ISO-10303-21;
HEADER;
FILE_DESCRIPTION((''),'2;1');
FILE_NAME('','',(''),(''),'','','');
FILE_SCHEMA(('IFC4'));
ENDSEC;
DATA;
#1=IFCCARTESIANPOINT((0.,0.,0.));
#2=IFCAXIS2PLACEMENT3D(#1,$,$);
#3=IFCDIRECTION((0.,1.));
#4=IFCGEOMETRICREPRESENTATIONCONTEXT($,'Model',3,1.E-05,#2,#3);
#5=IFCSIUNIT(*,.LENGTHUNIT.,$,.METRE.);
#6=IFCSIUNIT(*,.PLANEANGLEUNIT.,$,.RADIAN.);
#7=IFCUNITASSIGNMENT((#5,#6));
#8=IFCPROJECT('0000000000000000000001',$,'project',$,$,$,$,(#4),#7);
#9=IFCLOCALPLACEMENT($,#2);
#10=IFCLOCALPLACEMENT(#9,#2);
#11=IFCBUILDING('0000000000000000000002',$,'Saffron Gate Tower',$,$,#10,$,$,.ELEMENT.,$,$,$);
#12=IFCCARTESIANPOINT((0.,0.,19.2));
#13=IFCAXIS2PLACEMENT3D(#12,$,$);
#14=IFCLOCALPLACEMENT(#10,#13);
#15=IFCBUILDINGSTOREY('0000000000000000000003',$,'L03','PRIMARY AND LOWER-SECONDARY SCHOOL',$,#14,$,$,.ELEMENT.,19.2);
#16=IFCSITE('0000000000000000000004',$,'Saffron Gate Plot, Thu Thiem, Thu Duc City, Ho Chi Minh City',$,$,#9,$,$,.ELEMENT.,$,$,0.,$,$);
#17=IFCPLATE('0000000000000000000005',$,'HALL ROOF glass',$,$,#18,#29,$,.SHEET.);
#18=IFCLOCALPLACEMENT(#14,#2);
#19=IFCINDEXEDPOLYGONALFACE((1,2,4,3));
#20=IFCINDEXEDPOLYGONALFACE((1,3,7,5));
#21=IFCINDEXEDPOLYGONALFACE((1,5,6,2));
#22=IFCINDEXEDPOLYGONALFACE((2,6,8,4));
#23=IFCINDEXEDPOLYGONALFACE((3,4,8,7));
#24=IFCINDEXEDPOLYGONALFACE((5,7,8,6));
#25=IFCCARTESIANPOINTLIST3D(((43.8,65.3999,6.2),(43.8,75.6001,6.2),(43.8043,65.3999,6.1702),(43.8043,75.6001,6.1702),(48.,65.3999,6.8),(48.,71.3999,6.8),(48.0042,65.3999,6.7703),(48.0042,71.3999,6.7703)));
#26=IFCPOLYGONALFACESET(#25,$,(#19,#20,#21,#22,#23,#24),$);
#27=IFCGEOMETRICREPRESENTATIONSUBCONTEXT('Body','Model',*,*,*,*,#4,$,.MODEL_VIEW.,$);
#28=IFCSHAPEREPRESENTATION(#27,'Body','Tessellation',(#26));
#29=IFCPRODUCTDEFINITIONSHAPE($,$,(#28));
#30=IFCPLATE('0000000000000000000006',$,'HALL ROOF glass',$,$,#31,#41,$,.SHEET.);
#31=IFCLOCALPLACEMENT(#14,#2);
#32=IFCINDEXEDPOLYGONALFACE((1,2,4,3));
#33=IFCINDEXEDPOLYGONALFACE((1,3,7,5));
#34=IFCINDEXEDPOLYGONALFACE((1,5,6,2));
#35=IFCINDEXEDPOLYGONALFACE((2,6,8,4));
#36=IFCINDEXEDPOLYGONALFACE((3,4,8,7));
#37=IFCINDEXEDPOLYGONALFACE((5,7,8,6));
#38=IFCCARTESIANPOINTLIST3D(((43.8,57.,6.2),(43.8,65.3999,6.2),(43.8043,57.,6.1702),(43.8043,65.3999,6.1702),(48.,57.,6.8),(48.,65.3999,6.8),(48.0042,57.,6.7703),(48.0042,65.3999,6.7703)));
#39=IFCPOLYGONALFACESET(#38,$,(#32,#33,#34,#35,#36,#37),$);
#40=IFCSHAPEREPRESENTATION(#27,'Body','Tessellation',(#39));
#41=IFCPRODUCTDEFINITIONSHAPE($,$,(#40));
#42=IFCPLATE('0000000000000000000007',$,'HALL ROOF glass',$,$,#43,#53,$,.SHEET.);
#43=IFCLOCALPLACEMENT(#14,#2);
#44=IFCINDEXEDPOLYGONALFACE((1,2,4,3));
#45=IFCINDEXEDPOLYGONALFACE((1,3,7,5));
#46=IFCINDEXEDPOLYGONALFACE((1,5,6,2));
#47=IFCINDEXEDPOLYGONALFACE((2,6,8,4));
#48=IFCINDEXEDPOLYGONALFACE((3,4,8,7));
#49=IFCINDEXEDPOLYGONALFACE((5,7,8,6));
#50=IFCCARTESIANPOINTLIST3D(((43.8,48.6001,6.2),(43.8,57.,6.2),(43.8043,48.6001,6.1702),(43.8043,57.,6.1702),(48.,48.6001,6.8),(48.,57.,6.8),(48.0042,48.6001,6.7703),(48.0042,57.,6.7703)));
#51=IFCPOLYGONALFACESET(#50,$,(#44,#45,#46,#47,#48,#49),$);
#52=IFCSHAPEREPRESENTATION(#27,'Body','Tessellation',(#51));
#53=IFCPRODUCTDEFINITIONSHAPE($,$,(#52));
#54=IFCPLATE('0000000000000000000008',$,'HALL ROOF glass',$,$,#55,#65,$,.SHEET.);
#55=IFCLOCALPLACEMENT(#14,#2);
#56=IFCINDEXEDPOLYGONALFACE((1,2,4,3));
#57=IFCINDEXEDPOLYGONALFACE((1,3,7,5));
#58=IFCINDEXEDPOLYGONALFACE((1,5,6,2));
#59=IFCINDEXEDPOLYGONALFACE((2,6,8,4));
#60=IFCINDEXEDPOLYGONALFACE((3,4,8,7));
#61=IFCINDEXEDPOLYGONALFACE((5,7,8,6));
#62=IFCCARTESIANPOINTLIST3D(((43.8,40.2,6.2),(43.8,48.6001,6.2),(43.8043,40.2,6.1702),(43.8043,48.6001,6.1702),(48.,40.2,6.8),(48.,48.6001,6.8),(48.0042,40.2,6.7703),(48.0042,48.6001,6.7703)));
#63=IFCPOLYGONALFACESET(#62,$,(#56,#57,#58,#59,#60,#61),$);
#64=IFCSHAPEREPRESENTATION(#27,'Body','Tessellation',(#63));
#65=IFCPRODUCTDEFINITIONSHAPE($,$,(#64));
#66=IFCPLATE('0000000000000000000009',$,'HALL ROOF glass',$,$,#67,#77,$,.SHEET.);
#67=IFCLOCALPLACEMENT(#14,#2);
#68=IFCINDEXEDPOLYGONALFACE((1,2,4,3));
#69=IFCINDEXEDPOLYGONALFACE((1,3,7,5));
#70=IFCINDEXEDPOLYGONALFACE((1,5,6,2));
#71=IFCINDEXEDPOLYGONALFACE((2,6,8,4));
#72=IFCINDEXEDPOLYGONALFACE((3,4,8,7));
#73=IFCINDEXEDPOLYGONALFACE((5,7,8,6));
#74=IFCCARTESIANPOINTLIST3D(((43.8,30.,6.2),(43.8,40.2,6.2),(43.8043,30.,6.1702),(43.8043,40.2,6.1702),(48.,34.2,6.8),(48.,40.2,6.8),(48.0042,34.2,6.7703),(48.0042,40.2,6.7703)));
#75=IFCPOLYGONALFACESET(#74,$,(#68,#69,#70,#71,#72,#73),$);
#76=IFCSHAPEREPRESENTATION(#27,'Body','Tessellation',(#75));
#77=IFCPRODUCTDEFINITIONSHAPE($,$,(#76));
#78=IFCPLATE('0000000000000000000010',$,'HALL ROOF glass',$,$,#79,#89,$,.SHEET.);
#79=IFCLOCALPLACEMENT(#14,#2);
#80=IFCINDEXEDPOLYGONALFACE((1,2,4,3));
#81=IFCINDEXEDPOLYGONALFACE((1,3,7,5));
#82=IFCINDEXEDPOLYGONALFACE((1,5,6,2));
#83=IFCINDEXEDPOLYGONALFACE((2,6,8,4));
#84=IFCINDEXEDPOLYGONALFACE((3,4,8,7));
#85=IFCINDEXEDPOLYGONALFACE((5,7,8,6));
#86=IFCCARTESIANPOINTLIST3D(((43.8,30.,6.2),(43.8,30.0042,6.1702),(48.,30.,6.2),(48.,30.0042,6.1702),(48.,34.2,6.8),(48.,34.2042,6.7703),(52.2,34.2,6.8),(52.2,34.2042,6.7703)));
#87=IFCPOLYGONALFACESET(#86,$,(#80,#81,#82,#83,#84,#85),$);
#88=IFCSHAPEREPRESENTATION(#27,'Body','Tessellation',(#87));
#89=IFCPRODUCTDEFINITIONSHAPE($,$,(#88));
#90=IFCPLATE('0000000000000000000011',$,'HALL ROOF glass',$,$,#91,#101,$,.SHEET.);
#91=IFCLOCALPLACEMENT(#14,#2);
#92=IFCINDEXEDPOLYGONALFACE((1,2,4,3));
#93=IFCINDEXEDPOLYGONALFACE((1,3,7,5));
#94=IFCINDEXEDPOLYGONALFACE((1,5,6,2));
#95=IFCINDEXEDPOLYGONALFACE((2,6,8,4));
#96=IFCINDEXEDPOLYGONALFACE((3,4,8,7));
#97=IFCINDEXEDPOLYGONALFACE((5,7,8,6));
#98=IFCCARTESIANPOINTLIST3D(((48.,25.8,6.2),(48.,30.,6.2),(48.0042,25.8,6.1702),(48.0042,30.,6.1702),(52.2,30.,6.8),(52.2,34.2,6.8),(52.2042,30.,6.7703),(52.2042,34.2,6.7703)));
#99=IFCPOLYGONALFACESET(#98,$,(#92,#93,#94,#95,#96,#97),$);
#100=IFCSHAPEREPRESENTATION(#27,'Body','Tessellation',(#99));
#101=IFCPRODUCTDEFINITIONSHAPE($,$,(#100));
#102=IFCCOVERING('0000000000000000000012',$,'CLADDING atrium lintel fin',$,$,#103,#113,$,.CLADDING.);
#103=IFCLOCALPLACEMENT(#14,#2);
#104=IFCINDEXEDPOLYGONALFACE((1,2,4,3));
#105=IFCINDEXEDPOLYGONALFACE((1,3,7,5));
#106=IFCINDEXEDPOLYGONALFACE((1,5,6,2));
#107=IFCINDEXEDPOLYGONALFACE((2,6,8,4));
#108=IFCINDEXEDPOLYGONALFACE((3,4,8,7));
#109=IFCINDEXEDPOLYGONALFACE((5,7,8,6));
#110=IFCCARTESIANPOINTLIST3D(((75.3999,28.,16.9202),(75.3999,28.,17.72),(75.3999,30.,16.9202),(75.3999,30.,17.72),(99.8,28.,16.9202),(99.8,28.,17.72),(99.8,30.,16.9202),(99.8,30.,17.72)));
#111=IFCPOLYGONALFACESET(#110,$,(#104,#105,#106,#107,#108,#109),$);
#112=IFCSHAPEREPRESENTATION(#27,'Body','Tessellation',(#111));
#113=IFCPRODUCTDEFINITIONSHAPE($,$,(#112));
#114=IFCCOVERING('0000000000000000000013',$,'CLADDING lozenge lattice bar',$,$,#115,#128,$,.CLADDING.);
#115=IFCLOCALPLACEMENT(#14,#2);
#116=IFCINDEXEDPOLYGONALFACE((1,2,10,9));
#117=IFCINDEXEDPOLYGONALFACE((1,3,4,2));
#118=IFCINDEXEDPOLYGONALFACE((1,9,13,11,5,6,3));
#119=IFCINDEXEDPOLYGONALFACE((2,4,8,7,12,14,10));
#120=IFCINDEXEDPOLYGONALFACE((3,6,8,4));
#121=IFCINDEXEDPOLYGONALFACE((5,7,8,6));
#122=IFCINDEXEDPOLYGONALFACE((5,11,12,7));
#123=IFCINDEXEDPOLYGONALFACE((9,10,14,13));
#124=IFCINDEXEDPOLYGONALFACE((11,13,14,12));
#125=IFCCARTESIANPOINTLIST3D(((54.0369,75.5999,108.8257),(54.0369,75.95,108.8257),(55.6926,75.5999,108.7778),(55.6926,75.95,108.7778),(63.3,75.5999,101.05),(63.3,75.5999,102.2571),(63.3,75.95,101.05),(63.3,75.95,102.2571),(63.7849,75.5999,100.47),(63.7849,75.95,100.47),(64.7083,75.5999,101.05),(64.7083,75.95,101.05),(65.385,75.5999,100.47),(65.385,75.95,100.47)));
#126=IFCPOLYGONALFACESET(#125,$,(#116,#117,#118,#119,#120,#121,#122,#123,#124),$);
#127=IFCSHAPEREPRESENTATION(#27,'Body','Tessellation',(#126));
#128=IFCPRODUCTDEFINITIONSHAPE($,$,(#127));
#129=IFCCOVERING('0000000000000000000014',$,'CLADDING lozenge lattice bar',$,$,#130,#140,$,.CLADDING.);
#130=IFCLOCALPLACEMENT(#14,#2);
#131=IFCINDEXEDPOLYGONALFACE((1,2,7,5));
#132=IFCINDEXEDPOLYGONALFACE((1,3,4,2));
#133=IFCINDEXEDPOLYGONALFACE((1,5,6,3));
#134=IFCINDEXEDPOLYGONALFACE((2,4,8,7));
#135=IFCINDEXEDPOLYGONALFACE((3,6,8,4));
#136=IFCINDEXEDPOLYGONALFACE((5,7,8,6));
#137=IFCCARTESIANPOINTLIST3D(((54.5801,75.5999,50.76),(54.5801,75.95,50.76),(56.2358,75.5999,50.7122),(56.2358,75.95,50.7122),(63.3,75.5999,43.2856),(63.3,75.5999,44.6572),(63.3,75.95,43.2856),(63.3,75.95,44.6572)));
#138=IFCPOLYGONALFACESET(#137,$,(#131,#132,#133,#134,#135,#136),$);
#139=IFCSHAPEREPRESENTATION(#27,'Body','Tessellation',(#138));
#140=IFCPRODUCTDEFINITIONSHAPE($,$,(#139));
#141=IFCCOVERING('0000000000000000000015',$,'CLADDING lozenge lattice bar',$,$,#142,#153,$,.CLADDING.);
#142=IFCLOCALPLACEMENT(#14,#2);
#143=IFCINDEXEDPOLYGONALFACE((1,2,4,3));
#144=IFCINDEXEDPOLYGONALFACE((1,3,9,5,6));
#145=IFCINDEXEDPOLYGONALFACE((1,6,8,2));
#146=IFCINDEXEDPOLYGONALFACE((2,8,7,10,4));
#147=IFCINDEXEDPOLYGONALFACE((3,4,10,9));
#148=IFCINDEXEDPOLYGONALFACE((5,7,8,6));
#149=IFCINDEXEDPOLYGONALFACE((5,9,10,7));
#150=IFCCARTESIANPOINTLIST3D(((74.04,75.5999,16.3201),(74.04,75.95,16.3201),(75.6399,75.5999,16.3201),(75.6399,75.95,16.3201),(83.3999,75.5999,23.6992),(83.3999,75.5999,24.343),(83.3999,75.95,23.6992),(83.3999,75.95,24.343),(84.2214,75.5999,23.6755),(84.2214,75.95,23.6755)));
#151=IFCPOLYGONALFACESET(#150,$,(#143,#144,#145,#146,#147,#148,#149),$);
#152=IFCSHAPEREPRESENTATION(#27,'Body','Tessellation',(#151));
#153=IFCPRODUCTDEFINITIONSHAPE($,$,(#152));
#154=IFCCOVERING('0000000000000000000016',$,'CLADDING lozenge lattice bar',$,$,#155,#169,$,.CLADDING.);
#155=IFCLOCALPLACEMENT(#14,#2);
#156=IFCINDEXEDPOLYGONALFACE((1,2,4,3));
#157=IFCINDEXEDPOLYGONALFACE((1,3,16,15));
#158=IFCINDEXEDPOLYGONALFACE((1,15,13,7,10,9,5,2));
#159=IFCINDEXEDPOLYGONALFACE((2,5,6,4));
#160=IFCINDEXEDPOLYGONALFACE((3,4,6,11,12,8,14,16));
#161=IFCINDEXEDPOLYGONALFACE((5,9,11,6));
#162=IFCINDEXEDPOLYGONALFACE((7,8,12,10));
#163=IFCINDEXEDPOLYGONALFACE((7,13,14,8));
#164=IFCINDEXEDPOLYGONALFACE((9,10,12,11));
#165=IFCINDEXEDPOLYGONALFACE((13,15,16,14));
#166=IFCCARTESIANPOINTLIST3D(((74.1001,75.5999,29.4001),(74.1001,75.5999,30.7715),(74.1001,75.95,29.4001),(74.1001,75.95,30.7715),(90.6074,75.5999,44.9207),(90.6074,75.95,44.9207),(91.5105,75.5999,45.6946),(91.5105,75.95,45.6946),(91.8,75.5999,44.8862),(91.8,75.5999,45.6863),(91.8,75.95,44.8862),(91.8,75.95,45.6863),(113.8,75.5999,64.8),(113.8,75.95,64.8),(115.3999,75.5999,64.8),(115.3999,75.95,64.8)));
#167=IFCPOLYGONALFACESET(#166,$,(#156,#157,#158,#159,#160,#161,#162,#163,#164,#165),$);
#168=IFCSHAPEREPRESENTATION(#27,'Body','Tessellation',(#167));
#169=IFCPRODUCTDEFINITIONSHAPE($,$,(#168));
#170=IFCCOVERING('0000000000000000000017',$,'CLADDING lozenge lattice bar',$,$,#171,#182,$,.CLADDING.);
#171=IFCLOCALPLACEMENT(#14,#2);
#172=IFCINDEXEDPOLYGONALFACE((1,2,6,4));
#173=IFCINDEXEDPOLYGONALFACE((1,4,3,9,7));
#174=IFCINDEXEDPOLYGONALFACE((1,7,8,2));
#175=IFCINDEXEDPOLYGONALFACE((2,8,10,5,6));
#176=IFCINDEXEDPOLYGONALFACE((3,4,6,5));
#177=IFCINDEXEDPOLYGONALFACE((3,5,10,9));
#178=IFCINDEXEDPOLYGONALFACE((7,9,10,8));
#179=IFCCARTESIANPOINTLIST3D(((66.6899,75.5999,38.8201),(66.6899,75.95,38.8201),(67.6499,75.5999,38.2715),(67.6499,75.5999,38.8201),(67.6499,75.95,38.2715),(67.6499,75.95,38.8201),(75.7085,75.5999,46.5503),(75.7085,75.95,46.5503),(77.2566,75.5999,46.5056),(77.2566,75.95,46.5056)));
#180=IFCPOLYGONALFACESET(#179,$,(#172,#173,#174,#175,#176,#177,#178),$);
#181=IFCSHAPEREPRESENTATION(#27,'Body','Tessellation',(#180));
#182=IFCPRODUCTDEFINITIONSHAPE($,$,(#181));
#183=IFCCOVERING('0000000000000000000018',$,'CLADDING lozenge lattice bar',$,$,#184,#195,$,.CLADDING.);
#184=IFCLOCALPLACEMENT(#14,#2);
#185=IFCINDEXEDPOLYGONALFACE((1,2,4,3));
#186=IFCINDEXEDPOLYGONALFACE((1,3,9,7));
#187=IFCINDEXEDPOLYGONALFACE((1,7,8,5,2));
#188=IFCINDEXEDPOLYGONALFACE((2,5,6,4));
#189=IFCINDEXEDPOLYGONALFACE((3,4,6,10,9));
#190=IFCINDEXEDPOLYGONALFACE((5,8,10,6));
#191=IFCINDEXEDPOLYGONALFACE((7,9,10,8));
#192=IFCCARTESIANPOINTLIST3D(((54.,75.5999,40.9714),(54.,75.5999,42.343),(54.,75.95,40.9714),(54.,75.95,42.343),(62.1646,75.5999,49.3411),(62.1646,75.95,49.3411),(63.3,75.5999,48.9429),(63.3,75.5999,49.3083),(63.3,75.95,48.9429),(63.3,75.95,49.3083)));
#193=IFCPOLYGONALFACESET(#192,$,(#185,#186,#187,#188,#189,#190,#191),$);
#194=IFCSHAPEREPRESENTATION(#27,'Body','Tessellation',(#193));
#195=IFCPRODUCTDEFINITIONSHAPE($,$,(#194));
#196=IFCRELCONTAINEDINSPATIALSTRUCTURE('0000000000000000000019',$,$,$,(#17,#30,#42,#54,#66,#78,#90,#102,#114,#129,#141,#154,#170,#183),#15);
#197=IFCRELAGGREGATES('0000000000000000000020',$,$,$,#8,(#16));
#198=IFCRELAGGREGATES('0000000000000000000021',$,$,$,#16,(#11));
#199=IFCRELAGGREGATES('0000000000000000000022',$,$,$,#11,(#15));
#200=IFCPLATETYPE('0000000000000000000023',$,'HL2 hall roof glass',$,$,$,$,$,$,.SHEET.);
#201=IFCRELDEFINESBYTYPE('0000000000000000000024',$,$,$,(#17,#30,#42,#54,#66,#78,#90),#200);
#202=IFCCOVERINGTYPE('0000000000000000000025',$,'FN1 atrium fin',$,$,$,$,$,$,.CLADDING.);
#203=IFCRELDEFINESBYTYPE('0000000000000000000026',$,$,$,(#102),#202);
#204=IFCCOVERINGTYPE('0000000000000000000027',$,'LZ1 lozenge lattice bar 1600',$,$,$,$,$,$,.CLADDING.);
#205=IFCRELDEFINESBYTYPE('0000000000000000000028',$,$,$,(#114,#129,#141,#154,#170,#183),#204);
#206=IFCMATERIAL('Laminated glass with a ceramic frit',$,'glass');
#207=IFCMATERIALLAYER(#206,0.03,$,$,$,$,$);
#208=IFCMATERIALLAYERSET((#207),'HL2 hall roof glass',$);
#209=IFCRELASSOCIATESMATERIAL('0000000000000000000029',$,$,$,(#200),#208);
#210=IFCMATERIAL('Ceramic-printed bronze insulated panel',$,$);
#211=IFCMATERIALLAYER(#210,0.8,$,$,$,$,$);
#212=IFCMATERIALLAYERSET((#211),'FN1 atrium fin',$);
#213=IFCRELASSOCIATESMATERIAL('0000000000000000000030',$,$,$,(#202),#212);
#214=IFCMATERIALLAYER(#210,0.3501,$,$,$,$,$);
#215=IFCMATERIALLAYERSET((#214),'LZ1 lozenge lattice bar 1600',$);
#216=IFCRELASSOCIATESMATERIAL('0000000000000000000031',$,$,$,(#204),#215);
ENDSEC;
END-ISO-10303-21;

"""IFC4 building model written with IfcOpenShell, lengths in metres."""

from ifc_helpers import new_model, si_unit, direction, frame, origin, place, context, subcontext, project, spatial, polyline, outline, extrude, material, layer, layer_set, type_object, element, save


model = new_model("IFC4")

# Units and contexts
model_context = context("Model", 3, precision=1e-05, world=origin(), true_north=direction((0.0, 1.0)))
body_context = subcontext(model_context, "Body", "Model", "MODEL_VIEW")
ifc_project = project(units=[si_unit("LENGTHUNIT", "METRE"), si_unit("PLANEANGLEUNIT", "RADIAN")], contexts=[model_context])

# Site, building, storey
site_placement = place(None, origin())
site = spatial("IfcSite", under=ifc_project, at=site_placement, Name="Saffron Gate Plot, Thu Thiem, Thu Duc City, Ho Chi Minh City", CompositionType="ELEMENT", RefElevation=0.0)
building_placement = place(site_placement, origin())
building = spatial("IfcBuilding", under=site, at=building_placement, Name="Saffron Gate Tower", CompositionType="ELEMENT")
storey_placement = place(building_placement, frame((0.0, 0.0, 19.2)))
storey = spatial("IfcBuildingStorey", under=building, at=storey_placement, Name="L03", Description="PRIMARY AND LOWER-SECONDARY SCHOOL", CompositionType="ELEMENT", Elevation=19.2)

# Plates
ifc_material_1 = material(Name="Laminated glass with a ceramic frit", Category="glass")
ifc_layer_1 = layer(ifc_material_1, 0.03)
ifc_layer_set_1 = layer_set([ifc_layer_1], Name="HL2 hall roof glass")
plate_type = type_object("IfcPlateType", Name="HL2 hall roof glass", PredefinedType="SHEET", material=ifc_layer_set_1)
plate_1_placement = place(storey_placement, frame((48.0, 71.3999, 6.8), z_axis=(-0.141446, 0.0, 0.989946), x_axis=(0.0, -1.0, 0.0)))
element("IfcPlate", 1, at=plate_1_placement, inside=storey, type_object=plate_type, Name="HALL ROOF glass", PredefinedType="SHEET", context=body_context, shape_type="SweptSolid", body=[
    extrude(outline(polyline([(0.0, 0.0), (6.0, 0.0), (6.0, -4.2426), (-4.2002, -4.2426), (0.0, 0.0)])), origin(), (0.0, 0.0, -1.0), 0.03),
])
for number, where, z_axis, x_axis, name in (
    (2, (48.0, 65.3999, 6.8), (-0.141446, 0.0, 0.989946), (0.0, -1.0, 0.0), "HALL ROOF glass"),
    (3, (48.0, 57.0, 6.8), (-0.141446, 0.0, 0.989946), (0.0, -1.0, 0.0), "HALL ROOF glass"),
):
    element("IfcPlate", number, at=place(storey_placement, frame(where, z_axis=z_axis, x_axis=x_axis)), inside=storey, type_object=plate_type, Name=name, PredefinedType="SHEET", context=body_context, shape_type="SweptSolid", body=[
        extrude(outline(polyline([(0.0, 0.0), (8.3999, 0.0), (8.3999, -4.2426), (0.0, -4.2426), (0.0, 0.0)])), origin(), (0.0, 0.0, -1.0), 0.03),
    ])
plate_2_placement = place(storey_placement, frame((48.0, 48.6001, 6.8), z_axis=(-0.141446, 0.0, 0.989946), x_axis=(0.0, -1.0, 0.0)))
element("IfcPlate", 4, at=plate_2_placement, inside=storey, type_object=plate_type, Name="HALL ROOF glass", PredefinedType="SHEET", context=body_context, shape_type="SweptSolid", body=[
    extrude(outline(polyline([(0.0, 0.0), (8.4001, 0.0), (8.4001, -4.2426), (0.0, -4.2426), (0.0, 0.0)])), origin(), (0.0, 0.0, -1.0), 0.03),
])
plate_3_placement = place(storey_placement, frame((48.0, 40.2, 6.8), z_axis=(-0.141446, 0.0, 0.989946), x_axis=(0.0, -1.0, 0.0)))
element("IfcPlate", 5, at=plate_3_placement, inside=storey, type_object=plate_type, Name="HALL ROOF glass", PredefinedType="SHEET", context=body_context, shape_type="SweptSolid", body=[
    extrude(outline(polyline([(0.0, 0.0), (6.0, 0.0), (10.2, -4.2426), (0.0, -4.2426), (0.0, 0.0)])), origin(), (0.0, 0.0, -1.0), 0.03),
])
plate_4_placement = place(storey_placement, frame((48.0, 34.2, 6.8), z_axis=(0.0, -0.141446, 0.989946), x_axis=(1.0, 0.0, 0.0)))
element("IfcPlate", 6, at=plate_4_placement, inside=storey, type_object=plate_type, Name="HALL ROOF glass", PredefinedType="SHEET", context=body_context, shape_type="SweptSolid", body=[
    extrude(outline(polyline([(0.0, 0.0), (4.2, 0.0), (0.0, -4.2426), (-4.2, -4.2426), (0.0, 0.0)])), origin(), (0.0, 0.0, -1.0), 0.03),
])
plate_5_placement = place(storey_placement, frame((52.2, 34.2, 6.8), z_axis=(-0.141446, 0.0, 0.989946), x_axis=(0.0, -1.0, 0.0)))
element("IfcPlate", 7, at=plate_5_placement, inside=storey, type_object=plate_type, Name="HALL ROOF glass", PredefinedType="SHEET", context=body_context, shape_type="SweptSolid", body=[
    extrude(outline(polyline([(0.0, 0.0), (4.2, 0.0), (8.3999, -4.2426), (4.2, -4.2426), (0.0, 0.0)])), origin(), (0.0, 0.0, -1.0), 0.03),
])

# Coverings
ifc_material_2 = material(Name="Ceramic-printed bronze insulated panel")
ifc_layer_2 = layer(ifc_material_2, 0.8)
ifc_layer_set_2 = layer_set([ifc_layer_2], Name="FN1 atrium fin")
covering_type_1 = type_object("IfcCoveringType", Name="FN1 atrium fin", PredefinedType="CLADDING", material=ifc_layer_set_2)
covering_1_placement = place(storey_placement, frame((0.0, 0.0, 16.9202)))
element("IfcCovering", 8, at=covering_1_placement, inside=storey, type_object=covering_type_1, Name="CLADDING atrium lintel fin", PredefinedType="CLADDING", context=body_context, shape_type="SweptSolid", body=[
    extrude(outline(polyline([(75.3999, 30.0), (99.8, 30.0), (99.8, 28.0), (75.3999, 28.0), (75.3999, 30.0)])), origin(), (0.0, 0.0, 1.0), 0.7998),
])
ifc_layer_3 = layer(ifc_material_2, 0.3501)
ifc_layer_set_3 = layer_set([ifc_layer_3], Name="LZ1 lozenge lattice bar 1600")
covering_type_2 = type_object("IfcCoveringType", Name="LZ1 lozenge lattice bar 1600", PredefinedType="CLADDING", material=ifc_layer_set_3)
covering_2_placement = place(storey_placement, frame((65.385, 75.95, 100.47), z_axis=(0.0, 1.0, 0.0), x_axis=(-1.0, 0.0, 0.0)))
element("IfcCovering", 9, at=covering_2_placement, inside=storey, type_object=covering_type_2, Name="CLADDING lozenge lattice bar", PredefinedType="CLADDING", context=body_context, shape_type="SweptSolid", body=[
    extrude(outline(polyline([(0.0, 0.0), (1.6001, 0.0), (11.3481, 8.3557), (9.6924, 8.3079), (2.085, 1.7871), (2.085, 0.5801), (0.6768, 0.5801), (0.0, 0.0)])), origin(), (0.0, 0.0, -1.0), 0.3501),
])
covering_3_placement = place(storey_placement, frame((63.3, 75.95, 44.6572), z_axis=(0.0, 1.0, 0.0), x_axis=(0.0, 0.0, -1.0)))
element("IfcCovering", 10, at=covering_3_placement, inside=storey, type_object=covering_type_2, Name="CLADDING lozenge lattice bar", PredefinedType="CLADDING", context=body_context, shape_type="SweptSolid", body=[
    extrude(outline(polyline([(0.0, 0.0), (1.3716, 0.0), (-6.1028, 8.72), (-6.0549, 7.0642), (0.0, 0.0)])), origin(), (0.0, 0.0, -1.0), 0.3501),
])
covering_4_placement = place(storey_placement, frame((75.6399, 75.95, 16.3201), z_axis=(0.0, 1.0, 0.0), x_axis=(-1.0, 0.0, 0.0)))
element("IfcCovering", 11, at=covering_4_placement, inside=storey, type_object=covering_type_2, Name="CLADDING lozenge lattice bar", PredefinedType="CLADDING", context=body_context, shape_type="SweptSolid", body=[
    extrude(outline(polyline([(0.0, 0.0), (1.5999, 0.0), (-7.76, 8.0229), (-7.76, 7.3792), (-8.5815, 7.3555), (0.0, 0.0)])), origin(), (0.0, 0.0, -1.0), 0.3501),
])
covering_5_placement = place(storey_placement, frame((74.1001, 75.95, 29.4001), z_axis=(0.0, 1.0, 0.0), x_axis=(0.0, 0.0, 1.0)))
element("IfcCovering", 12, at=covering_5_placement, inside=storey, type_object=covering_type_2, Name="CLADDING lozenge lattice bar", PredefinedType="CLADDING", context=body_context, shape_type="SweptSolid", body=[
    extrude(outline(polyline([(0.0, 0.0), (1.3713, 0.0), (15.5205, 16.5073), (15.4861, 17.7), (16.2861, 17.7), (16.2944, 17.4104), (35.3999, 39.7), (35.3999, 41.2998), (0.0, 0.0)])), origin(), (0.0, 0.0, -1.0), 0.3501),
])
covering_6_placement = place(storey_placement, frame((67.6499, 75.95, 38.2715), z_axis=(0.0, 1.0, 0.0), x_axis=(0.0, 0.0, 1.0)))
element("IfcCovering", 13, at=covering_6_placement, inside=storey, type_object=covering_type_2, Name="CLADDING lozenge lattice bar", PredefinedType="CLADDING", context=body_context, shape_type="SweptSolid", body=[
    extrude(outline(polyline([(0.0, 0.0), (0.5486, 0.0), (0.5486, -0.96), (8.2788, 8.0586), (8.2341, 9.6067), (0.0, 0.0)])), origin(), (0.0, 0.0, -1.0), 0.3501),
])
covering_7_placement = place(storey_placement, frame((54.0, 75.95, 42.343), z_axis=(0.0, 1.0, 0.0), x_axis=(0.759263, 0.0, 0.650784)))
element("IfcCovering", 14, at=covering_7_placement, inside=storey, type_object=covering_type_2, Name="CLADDING lozenge lattice bar", PredefinedType="CLADDING", context=body_context, shape_type="SweptSolid", body=[
    extrude(outline(polyline([(0.0, 0.0), (10.7533, 0.0), (11.5941, 0.7638), (11.3563, 1.0413), (-0.8926, 1.0414), (0.0, 0.0)])), origin(), (0.0, 0.0, -1.0), 0.3501),
])

save(model, "model.ifc")
